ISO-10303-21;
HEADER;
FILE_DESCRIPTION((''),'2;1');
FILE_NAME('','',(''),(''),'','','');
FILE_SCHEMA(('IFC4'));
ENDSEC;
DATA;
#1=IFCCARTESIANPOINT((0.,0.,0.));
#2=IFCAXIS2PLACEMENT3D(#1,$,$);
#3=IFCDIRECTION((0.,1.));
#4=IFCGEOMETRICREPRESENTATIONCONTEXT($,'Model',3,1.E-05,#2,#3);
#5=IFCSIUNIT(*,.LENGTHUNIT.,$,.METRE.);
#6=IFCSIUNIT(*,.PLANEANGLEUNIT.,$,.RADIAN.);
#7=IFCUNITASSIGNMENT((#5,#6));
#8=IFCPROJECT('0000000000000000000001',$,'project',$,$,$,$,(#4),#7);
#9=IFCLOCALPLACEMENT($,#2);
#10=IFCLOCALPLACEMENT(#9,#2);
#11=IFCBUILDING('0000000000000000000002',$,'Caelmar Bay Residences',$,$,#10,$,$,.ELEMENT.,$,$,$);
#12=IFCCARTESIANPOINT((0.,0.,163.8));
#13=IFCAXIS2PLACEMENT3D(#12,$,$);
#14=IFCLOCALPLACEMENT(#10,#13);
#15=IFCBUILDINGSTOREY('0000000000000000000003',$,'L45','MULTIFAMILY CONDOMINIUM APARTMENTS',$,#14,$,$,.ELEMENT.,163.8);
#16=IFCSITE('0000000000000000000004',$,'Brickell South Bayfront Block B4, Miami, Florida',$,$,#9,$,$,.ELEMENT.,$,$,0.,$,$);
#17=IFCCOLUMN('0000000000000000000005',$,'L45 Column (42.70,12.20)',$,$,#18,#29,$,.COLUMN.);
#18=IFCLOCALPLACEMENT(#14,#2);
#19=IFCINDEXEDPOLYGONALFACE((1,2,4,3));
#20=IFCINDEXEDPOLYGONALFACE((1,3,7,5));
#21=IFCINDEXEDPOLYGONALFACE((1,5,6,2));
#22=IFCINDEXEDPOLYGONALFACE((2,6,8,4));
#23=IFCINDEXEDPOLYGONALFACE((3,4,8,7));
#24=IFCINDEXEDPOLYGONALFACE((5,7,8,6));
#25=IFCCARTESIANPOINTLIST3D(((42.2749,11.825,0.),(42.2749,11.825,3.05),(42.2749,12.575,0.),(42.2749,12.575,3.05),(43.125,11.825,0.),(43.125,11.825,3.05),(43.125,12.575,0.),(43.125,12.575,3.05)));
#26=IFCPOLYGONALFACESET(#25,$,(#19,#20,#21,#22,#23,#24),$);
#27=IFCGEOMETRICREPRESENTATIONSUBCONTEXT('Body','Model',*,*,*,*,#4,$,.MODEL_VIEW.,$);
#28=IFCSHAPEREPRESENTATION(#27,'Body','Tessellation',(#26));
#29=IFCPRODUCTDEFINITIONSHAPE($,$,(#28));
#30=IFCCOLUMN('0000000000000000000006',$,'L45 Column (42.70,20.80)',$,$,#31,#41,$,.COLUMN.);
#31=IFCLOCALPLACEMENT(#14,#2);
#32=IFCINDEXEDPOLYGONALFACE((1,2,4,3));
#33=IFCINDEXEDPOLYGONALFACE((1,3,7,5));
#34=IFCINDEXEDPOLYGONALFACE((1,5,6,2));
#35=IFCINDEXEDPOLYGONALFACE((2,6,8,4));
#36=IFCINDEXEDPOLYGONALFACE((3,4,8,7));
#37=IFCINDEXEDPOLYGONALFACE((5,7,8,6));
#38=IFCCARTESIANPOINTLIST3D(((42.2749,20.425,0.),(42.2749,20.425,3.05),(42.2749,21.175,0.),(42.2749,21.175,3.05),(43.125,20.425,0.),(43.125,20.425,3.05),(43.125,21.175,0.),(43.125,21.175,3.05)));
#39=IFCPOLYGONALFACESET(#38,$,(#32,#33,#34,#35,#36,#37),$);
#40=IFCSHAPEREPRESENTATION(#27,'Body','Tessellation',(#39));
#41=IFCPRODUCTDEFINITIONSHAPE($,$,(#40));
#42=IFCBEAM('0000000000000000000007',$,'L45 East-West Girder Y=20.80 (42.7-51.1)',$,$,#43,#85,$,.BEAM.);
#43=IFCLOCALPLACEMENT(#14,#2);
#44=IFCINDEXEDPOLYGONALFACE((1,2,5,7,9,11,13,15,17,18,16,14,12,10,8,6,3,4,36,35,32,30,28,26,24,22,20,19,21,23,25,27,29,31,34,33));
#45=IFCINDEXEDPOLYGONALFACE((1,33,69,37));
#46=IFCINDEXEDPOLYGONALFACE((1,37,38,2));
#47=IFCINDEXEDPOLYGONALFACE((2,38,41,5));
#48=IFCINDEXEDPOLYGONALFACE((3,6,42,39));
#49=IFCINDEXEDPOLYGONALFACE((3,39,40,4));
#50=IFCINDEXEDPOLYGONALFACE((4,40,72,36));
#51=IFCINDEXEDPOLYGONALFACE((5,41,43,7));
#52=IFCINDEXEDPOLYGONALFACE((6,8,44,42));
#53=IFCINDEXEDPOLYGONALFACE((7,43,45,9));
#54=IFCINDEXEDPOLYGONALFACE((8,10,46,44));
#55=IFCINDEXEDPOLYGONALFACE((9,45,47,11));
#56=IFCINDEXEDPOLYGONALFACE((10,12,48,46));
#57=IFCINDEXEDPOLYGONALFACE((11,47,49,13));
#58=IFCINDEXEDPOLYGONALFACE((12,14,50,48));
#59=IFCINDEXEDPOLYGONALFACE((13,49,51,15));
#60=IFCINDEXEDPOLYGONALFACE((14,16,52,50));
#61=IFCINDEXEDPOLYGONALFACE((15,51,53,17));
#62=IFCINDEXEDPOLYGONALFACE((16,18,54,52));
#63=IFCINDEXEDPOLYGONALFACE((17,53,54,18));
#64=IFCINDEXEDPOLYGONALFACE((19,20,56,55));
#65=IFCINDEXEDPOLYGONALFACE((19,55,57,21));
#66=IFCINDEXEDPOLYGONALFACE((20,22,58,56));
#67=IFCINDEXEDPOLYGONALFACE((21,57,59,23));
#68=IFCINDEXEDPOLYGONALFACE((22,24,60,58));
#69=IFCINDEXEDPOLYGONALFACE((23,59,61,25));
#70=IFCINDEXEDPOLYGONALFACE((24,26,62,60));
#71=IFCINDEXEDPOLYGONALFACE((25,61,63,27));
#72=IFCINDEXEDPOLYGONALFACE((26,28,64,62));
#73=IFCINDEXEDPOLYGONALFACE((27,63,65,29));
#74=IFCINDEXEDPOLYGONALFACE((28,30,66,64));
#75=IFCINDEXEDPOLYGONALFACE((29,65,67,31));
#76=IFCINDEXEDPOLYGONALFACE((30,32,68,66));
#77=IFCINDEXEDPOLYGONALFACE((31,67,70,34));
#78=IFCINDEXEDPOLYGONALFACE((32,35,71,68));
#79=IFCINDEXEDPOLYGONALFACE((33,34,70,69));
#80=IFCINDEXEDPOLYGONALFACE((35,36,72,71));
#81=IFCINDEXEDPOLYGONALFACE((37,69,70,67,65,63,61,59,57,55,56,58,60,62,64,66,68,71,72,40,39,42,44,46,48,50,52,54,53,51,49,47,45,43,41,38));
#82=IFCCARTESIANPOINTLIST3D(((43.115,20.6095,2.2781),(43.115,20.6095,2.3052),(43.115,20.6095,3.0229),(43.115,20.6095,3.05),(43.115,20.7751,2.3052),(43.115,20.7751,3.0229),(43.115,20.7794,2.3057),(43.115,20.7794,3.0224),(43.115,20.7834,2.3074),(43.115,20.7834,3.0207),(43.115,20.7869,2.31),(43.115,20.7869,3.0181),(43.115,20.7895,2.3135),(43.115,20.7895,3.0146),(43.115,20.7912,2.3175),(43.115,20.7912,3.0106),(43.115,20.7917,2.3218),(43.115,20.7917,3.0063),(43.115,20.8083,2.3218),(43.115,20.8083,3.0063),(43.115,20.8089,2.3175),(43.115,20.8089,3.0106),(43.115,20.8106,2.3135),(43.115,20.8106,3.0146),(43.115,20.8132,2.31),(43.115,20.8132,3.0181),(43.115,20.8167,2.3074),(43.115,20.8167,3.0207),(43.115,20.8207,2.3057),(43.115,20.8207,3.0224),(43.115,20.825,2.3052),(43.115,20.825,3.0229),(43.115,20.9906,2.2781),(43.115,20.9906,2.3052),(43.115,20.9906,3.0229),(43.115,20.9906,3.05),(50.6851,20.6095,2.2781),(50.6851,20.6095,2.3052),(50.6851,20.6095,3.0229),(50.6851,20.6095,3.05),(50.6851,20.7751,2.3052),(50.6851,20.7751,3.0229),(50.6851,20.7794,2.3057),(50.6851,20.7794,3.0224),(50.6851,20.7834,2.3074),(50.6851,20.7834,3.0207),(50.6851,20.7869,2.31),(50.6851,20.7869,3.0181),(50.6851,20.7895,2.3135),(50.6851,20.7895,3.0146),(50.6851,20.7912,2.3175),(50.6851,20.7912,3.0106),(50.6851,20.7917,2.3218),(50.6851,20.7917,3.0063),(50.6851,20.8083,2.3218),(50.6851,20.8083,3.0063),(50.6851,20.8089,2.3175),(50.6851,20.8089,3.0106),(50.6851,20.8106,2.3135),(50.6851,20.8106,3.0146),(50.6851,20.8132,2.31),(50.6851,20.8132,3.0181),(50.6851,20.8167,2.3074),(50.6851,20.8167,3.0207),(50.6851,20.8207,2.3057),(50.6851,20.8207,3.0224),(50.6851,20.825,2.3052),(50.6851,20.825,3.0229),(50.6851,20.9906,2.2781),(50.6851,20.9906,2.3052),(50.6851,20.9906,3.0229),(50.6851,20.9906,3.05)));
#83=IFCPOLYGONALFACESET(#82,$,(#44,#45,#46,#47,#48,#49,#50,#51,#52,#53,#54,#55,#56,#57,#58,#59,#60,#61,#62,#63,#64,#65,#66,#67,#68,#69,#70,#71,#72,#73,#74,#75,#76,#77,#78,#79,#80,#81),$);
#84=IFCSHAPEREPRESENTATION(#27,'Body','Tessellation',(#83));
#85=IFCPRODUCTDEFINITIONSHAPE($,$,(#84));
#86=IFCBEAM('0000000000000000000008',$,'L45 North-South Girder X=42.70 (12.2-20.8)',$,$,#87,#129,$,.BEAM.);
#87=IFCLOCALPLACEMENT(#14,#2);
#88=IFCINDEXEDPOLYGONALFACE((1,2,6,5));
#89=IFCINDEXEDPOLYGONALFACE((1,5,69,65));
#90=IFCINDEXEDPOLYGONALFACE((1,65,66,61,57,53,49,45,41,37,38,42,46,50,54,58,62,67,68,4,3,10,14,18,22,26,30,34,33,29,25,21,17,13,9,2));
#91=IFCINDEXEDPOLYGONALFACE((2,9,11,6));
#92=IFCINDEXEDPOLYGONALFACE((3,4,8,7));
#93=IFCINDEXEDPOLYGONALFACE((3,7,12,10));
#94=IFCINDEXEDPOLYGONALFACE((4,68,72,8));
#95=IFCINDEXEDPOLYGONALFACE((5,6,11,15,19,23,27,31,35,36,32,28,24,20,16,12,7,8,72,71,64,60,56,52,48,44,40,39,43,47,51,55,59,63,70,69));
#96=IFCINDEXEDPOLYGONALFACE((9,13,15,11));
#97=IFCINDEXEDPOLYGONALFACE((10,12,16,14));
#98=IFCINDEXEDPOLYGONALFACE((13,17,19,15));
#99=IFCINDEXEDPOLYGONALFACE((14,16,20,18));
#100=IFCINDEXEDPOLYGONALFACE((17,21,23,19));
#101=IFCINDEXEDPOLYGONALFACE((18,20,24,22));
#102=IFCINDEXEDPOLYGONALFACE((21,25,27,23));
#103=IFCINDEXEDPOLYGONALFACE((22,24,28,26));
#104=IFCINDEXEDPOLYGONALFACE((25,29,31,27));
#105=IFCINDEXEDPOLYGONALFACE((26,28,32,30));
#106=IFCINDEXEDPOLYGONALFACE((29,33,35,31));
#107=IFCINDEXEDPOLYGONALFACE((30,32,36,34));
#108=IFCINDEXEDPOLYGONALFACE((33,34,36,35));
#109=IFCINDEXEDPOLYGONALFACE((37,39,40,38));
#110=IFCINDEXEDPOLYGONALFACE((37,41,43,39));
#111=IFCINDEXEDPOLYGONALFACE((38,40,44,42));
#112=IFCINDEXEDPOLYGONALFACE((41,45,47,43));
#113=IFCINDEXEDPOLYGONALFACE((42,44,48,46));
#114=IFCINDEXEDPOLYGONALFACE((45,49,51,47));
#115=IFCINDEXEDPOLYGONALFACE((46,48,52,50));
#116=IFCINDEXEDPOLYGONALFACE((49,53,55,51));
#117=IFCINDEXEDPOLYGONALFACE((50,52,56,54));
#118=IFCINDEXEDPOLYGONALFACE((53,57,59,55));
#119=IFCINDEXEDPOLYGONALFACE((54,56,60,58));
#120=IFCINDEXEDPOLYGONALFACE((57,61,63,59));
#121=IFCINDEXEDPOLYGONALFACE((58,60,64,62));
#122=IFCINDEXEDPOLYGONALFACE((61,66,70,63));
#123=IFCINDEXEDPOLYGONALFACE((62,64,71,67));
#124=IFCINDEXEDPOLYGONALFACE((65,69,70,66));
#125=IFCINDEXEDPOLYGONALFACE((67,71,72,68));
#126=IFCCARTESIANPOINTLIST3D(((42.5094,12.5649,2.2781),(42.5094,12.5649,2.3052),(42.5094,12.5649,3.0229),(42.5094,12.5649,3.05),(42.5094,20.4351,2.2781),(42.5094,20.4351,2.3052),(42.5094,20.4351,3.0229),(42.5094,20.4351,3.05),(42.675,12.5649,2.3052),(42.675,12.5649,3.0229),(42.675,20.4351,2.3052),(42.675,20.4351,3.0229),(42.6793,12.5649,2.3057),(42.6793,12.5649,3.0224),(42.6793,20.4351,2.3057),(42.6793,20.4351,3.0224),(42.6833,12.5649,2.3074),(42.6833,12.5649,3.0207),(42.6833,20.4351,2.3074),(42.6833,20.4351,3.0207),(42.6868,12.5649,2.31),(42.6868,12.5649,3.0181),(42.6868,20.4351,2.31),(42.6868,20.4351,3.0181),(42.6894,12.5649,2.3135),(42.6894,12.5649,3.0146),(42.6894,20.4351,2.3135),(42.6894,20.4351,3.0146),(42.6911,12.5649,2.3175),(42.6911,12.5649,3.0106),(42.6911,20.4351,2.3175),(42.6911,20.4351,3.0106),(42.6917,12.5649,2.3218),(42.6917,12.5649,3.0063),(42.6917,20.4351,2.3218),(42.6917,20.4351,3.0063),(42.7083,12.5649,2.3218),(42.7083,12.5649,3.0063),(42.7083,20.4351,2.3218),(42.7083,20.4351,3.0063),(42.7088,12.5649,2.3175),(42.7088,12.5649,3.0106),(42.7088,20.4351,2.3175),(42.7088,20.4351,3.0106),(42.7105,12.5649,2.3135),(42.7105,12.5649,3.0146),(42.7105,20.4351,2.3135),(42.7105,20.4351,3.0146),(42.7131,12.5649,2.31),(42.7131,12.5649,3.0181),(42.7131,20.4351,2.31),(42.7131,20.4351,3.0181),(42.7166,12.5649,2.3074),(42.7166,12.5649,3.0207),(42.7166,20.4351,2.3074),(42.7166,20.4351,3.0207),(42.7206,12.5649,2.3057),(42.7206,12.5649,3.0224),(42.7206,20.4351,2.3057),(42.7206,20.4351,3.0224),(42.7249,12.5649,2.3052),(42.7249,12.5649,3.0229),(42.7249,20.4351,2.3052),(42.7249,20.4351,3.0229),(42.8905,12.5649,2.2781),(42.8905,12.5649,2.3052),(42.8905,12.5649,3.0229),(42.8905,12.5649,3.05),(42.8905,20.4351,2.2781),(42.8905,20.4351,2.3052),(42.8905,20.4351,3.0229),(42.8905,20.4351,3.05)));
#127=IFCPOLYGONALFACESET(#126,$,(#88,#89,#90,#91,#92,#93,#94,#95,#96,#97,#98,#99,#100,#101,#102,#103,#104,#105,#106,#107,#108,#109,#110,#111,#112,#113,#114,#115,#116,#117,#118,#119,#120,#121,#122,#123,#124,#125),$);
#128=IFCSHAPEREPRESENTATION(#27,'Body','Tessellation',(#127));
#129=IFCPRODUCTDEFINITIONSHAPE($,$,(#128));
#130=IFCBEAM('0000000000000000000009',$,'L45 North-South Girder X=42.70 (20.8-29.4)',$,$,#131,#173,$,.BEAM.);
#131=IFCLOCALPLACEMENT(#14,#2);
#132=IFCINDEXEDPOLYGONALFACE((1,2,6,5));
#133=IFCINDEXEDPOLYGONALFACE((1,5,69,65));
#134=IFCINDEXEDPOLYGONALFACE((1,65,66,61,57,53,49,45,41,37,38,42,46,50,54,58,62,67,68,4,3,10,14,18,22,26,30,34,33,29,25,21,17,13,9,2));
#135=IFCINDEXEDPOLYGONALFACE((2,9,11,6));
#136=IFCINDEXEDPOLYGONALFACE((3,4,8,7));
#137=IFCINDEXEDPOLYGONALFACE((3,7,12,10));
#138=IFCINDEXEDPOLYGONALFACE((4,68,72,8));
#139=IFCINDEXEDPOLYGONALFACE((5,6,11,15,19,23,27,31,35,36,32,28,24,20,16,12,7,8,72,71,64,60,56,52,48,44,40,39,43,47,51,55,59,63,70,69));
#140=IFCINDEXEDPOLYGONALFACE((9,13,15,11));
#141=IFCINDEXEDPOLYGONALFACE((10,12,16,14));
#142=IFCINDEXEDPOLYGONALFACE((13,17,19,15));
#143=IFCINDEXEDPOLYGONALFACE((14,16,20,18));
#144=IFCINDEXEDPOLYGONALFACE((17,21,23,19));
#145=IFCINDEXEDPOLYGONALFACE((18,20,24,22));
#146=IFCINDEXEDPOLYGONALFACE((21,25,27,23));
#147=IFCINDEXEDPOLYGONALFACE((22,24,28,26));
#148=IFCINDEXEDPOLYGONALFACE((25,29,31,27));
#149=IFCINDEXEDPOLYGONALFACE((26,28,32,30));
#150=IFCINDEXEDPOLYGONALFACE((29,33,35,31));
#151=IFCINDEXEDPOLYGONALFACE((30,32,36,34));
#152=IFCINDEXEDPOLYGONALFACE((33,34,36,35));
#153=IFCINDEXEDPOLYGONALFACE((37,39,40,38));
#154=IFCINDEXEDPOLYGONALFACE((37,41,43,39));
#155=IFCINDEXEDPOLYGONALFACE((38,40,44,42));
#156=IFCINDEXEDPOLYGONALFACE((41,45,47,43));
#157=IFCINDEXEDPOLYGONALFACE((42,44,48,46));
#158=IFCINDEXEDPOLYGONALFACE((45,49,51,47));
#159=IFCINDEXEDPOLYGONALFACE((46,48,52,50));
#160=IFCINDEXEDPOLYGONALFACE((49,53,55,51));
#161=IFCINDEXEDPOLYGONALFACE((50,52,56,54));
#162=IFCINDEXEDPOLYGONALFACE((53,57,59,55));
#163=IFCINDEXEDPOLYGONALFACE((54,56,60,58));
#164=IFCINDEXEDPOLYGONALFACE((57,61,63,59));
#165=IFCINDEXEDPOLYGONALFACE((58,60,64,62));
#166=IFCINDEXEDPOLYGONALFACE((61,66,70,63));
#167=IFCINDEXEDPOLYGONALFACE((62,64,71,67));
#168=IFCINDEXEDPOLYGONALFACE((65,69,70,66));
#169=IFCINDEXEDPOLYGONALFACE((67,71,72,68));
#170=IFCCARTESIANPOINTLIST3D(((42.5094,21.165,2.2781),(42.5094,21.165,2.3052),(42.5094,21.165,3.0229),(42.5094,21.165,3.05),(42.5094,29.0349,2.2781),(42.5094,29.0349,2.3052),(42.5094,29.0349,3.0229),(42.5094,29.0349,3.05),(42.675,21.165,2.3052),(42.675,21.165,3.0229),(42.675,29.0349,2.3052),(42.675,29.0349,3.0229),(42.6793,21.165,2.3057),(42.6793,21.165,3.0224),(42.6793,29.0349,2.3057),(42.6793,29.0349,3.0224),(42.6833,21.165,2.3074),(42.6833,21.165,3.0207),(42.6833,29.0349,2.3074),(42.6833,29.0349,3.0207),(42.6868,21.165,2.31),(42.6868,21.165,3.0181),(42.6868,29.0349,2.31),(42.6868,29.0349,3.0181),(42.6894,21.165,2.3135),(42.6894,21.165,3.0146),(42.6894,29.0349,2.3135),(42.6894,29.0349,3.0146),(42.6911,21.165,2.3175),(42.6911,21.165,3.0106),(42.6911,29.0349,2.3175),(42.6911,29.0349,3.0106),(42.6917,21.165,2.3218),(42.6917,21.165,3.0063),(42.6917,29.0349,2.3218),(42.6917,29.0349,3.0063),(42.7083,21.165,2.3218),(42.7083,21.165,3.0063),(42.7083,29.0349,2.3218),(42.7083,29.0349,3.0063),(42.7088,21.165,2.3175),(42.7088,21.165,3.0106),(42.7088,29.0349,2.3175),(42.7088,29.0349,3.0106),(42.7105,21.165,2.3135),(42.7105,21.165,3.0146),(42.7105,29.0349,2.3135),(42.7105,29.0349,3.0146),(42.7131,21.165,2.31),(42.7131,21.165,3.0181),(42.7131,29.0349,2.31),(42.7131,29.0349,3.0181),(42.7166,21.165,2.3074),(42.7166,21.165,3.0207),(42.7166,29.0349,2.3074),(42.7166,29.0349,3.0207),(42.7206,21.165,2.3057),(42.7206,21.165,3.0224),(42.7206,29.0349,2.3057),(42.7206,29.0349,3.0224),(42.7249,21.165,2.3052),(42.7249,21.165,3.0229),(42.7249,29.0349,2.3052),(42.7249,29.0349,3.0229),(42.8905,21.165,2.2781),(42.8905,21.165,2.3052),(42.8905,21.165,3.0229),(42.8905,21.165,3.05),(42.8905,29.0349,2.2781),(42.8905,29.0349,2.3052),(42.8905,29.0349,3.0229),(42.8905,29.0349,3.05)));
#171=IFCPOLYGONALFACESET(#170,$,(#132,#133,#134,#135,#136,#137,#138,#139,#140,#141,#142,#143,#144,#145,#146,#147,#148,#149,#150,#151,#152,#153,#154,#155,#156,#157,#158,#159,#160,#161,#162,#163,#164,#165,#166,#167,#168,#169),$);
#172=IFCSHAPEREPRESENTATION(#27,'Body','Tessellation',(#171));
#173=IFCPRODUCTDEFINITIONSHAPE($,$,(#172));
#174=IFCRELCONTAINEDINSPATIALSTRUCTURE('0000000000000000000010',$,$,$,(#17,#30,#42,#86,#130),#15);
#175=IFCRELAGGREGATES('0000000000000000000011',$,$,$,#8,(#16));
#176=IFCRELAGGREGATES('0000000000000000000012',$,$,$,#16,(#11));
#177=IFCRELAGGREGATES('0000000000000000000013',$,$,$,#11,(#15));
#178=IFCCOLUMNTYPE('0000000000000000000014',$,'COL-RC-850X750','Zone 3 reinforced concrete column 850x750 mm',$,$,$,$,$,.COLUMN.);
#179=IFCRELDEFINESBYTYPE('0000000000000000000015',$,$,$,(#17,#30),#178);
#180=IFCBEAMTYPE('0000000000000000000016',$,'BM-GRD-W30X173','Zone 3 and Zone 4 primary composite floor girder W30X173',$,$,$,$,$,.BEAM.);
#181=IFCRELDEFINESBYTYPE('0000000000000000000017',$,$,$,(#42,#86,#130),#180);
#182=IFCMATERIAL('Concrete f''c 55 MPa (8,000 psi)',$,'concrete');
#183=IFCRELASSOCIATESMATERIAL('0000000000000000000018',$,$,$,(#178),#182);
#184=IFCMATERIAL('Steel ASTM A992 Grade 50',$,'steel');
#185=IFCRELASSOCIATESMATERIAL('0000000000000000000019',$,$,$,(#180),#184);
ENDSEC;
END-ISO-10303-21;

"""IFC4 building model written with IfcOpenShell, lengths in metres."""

from ifc_helpers import new_model, si_unit, direction, frame, origin, origin_2d, place, context, subcontext, project, spatial, rectangle, i_section, extrude, material, material_profile, profile_set, type_object, element, save


model = new_model("IFC4")

# Units and contexts
model_context = context("Model", 3, precision=1e-05, world=origin(), true_north=direction((0.0, 1.0)))
body_context = subcontext(model_context, "Body", "Model", "MODEL_VIEW")
ifc_project = project(units=[si_unit("LENGTHUNIT", "METRE"), si_unit("PLANEANGLEUNIT", "RADIAN")], contexts=[model_context])

# Site, building, storey
site_placement = place(None, origin())
site = spatial("IfcSite", under=ifc_project, at=site_placement, Name="Brickell South Bayfront Block B4, Miami, Florida", CompositionType="ELEMENT", RefElevation=0.0)
building_placement = place(site_placement, origin())
building = spatial("IfcBuilding", under=site, at=building_placement, Name="Caelmar Bay Residences", CompositionType="ELEMENT")
storey_placement = place(building_placement, frame((0.0, 0.0, 163.8)))
storey = spatial("IfcBuildingStorey", under=building, at=storey_placement, Name="L45", Description="MULTIFAMILY CONDOMINIUM APARTMENTS", CompositionType="ELEMENT", Elevation=163.8)

# Columns
ifc_material_1 = material(Name="Concrete f'c 55 MPa (8,000 psi)", Category="concrete")
ifc_material_profile_1 = material_profile(ifc_material_1, rectangle(XDim=0.8501, YDim=0.75, at=origin_2d()), Name="RC-COL-850X750")
ifc_profile_set_1 = profile_set([ifc_material_profile_1], Name="Concrete f'c 55 MPa (8,000 psi)")
column_type = type_object("IfcColumnType", Name="COL-RC-850X750", Description="Zone 3 reinforced concrete column 850x750 mm", PredefinedType="COLUMN", material=ifc_profile_set_1)
for number, where, z_axis, x_axis, name in (
    (1, (42.7, 12.2, 0.0), (0.0, 0.0, 1.0), (1.0, 0.0, 0.0), "L45 Column (42.70,12.20)"),
    (2, (42.7, 20.8, 0.0), (0.0, 0.0, 1.0), (1.0, 0.0, 0.0), "L45 Column (42.70,20.80)"),
):
    element("IfcColumn", number, at=place(storey_placement, frame(where, z_axis=z_axis, x_axis=x_axis)), inside=storey, type_object=column_type, Name=name, PredefinedType="COLUMN", context=body_context, shape_type="SweptSolid", body=[
        extrude(rectangle(XDim=0.8501, YDim=0.75, at=origin_2d()), origin(), (0.0, 0.0, 1.0), 3.05),
    ])

# Beams
ifc_material_2 = material(Name="Steel ASTM A992 Grade 50", Category="steel")
ifc_material_profile_2 = material_profile(ifc_material_2, i_section(OverallWidth=0.3811, OverallDepth=0.772, WebThickness=0.0166, FlangeThickness=0.0271, FilletRadius=0.0166, at=origin_2d()), Name="W30X173")
ifc_profile_set_2 = profile_set([ifc_material_profile_2], Name="Steel ASTM A992 Grade 50")
beam_type_1 = type_object("IfcBeamType", Name="BM-GRD-W30X173", Description="Zone 3 and Zone 4 primary composite floor girder W30X173", PredefinedType="BEAM", material=ifc_profile_set_2)
beam_1_placement = place(storey_placement, frame((43.115, 20.8, 2.6641), z_axis=(1.0, 0.0, 0.0), x_axis=(0.0, 1.0, 0.0)))
element("IfcBeam", 3, at=beam_1_placement, inside=storey, type_object=beam_type_1, Name="L45 East-West Girder Y=20.80 (42.7-51.1)", PredefinedType="BEAM", context=body_context, shape_type="SweptSolid", body=[
    extrude(i_section(OverallWidth=0.3811, OverallDepth=0.772, WebThickness=0.0166, FlangeThickness=0.0271, FilletRadius=0.0166, at=origin_2d()), origin(), (0.0, 0.0, 1.0), 7.5701),
])
beam_2_placement = place(storey_placement, frame((42.7, 12.5649, 2.6641), z_axis=(0.0, 1.0, 0.0), x_axis=(-1.0, 0.0, 0.0)))
element("IfcBeam", 4, at=beam_2_placement, inside=storey, type_object=beam_type_1, Name="L45 North-South Girder X=42.70 (12.2-20.8)", PredefinedType="BEAM", context=body_context, shape_type="SweptSolid", body=[
    extrude(i_section(OverallWidth=0.3811, OverallDepth=0.772, WebThickness=0.0166, FlangeThickness=0.0271, FilletRadius=0.0166, at=origin_2d()), origin(), (0.0, 0.0, 1.0), 7.8701),
])
beam_3_placement = place(storey_placement, frame((42.7, 21.165, 2.6641), z_axis=(0.0, 1.0, 0.0), x_axis=(-1.0, 0.0, 0.0)))
element("IfcBeam", 5, at=beam_3_placement, inside=storey, type_object=beam_type_1, Name="L45 North-South Girder X=42.70 (20.8-29.4)", PredefinedType="BEAM", context=body_context, shape_type="SweptSolid", body=[
    extrude(i_section(OverallWidth=0.3811, OverallDepth=0.772, WebThickness=0.0166, FlangeThickness=0.0271, FilletRadius=0.0166, at=origin_2d()), origin(), (0.0, 0.0, 1.0), 7.8699),
])

save(model, "model.ifc")
